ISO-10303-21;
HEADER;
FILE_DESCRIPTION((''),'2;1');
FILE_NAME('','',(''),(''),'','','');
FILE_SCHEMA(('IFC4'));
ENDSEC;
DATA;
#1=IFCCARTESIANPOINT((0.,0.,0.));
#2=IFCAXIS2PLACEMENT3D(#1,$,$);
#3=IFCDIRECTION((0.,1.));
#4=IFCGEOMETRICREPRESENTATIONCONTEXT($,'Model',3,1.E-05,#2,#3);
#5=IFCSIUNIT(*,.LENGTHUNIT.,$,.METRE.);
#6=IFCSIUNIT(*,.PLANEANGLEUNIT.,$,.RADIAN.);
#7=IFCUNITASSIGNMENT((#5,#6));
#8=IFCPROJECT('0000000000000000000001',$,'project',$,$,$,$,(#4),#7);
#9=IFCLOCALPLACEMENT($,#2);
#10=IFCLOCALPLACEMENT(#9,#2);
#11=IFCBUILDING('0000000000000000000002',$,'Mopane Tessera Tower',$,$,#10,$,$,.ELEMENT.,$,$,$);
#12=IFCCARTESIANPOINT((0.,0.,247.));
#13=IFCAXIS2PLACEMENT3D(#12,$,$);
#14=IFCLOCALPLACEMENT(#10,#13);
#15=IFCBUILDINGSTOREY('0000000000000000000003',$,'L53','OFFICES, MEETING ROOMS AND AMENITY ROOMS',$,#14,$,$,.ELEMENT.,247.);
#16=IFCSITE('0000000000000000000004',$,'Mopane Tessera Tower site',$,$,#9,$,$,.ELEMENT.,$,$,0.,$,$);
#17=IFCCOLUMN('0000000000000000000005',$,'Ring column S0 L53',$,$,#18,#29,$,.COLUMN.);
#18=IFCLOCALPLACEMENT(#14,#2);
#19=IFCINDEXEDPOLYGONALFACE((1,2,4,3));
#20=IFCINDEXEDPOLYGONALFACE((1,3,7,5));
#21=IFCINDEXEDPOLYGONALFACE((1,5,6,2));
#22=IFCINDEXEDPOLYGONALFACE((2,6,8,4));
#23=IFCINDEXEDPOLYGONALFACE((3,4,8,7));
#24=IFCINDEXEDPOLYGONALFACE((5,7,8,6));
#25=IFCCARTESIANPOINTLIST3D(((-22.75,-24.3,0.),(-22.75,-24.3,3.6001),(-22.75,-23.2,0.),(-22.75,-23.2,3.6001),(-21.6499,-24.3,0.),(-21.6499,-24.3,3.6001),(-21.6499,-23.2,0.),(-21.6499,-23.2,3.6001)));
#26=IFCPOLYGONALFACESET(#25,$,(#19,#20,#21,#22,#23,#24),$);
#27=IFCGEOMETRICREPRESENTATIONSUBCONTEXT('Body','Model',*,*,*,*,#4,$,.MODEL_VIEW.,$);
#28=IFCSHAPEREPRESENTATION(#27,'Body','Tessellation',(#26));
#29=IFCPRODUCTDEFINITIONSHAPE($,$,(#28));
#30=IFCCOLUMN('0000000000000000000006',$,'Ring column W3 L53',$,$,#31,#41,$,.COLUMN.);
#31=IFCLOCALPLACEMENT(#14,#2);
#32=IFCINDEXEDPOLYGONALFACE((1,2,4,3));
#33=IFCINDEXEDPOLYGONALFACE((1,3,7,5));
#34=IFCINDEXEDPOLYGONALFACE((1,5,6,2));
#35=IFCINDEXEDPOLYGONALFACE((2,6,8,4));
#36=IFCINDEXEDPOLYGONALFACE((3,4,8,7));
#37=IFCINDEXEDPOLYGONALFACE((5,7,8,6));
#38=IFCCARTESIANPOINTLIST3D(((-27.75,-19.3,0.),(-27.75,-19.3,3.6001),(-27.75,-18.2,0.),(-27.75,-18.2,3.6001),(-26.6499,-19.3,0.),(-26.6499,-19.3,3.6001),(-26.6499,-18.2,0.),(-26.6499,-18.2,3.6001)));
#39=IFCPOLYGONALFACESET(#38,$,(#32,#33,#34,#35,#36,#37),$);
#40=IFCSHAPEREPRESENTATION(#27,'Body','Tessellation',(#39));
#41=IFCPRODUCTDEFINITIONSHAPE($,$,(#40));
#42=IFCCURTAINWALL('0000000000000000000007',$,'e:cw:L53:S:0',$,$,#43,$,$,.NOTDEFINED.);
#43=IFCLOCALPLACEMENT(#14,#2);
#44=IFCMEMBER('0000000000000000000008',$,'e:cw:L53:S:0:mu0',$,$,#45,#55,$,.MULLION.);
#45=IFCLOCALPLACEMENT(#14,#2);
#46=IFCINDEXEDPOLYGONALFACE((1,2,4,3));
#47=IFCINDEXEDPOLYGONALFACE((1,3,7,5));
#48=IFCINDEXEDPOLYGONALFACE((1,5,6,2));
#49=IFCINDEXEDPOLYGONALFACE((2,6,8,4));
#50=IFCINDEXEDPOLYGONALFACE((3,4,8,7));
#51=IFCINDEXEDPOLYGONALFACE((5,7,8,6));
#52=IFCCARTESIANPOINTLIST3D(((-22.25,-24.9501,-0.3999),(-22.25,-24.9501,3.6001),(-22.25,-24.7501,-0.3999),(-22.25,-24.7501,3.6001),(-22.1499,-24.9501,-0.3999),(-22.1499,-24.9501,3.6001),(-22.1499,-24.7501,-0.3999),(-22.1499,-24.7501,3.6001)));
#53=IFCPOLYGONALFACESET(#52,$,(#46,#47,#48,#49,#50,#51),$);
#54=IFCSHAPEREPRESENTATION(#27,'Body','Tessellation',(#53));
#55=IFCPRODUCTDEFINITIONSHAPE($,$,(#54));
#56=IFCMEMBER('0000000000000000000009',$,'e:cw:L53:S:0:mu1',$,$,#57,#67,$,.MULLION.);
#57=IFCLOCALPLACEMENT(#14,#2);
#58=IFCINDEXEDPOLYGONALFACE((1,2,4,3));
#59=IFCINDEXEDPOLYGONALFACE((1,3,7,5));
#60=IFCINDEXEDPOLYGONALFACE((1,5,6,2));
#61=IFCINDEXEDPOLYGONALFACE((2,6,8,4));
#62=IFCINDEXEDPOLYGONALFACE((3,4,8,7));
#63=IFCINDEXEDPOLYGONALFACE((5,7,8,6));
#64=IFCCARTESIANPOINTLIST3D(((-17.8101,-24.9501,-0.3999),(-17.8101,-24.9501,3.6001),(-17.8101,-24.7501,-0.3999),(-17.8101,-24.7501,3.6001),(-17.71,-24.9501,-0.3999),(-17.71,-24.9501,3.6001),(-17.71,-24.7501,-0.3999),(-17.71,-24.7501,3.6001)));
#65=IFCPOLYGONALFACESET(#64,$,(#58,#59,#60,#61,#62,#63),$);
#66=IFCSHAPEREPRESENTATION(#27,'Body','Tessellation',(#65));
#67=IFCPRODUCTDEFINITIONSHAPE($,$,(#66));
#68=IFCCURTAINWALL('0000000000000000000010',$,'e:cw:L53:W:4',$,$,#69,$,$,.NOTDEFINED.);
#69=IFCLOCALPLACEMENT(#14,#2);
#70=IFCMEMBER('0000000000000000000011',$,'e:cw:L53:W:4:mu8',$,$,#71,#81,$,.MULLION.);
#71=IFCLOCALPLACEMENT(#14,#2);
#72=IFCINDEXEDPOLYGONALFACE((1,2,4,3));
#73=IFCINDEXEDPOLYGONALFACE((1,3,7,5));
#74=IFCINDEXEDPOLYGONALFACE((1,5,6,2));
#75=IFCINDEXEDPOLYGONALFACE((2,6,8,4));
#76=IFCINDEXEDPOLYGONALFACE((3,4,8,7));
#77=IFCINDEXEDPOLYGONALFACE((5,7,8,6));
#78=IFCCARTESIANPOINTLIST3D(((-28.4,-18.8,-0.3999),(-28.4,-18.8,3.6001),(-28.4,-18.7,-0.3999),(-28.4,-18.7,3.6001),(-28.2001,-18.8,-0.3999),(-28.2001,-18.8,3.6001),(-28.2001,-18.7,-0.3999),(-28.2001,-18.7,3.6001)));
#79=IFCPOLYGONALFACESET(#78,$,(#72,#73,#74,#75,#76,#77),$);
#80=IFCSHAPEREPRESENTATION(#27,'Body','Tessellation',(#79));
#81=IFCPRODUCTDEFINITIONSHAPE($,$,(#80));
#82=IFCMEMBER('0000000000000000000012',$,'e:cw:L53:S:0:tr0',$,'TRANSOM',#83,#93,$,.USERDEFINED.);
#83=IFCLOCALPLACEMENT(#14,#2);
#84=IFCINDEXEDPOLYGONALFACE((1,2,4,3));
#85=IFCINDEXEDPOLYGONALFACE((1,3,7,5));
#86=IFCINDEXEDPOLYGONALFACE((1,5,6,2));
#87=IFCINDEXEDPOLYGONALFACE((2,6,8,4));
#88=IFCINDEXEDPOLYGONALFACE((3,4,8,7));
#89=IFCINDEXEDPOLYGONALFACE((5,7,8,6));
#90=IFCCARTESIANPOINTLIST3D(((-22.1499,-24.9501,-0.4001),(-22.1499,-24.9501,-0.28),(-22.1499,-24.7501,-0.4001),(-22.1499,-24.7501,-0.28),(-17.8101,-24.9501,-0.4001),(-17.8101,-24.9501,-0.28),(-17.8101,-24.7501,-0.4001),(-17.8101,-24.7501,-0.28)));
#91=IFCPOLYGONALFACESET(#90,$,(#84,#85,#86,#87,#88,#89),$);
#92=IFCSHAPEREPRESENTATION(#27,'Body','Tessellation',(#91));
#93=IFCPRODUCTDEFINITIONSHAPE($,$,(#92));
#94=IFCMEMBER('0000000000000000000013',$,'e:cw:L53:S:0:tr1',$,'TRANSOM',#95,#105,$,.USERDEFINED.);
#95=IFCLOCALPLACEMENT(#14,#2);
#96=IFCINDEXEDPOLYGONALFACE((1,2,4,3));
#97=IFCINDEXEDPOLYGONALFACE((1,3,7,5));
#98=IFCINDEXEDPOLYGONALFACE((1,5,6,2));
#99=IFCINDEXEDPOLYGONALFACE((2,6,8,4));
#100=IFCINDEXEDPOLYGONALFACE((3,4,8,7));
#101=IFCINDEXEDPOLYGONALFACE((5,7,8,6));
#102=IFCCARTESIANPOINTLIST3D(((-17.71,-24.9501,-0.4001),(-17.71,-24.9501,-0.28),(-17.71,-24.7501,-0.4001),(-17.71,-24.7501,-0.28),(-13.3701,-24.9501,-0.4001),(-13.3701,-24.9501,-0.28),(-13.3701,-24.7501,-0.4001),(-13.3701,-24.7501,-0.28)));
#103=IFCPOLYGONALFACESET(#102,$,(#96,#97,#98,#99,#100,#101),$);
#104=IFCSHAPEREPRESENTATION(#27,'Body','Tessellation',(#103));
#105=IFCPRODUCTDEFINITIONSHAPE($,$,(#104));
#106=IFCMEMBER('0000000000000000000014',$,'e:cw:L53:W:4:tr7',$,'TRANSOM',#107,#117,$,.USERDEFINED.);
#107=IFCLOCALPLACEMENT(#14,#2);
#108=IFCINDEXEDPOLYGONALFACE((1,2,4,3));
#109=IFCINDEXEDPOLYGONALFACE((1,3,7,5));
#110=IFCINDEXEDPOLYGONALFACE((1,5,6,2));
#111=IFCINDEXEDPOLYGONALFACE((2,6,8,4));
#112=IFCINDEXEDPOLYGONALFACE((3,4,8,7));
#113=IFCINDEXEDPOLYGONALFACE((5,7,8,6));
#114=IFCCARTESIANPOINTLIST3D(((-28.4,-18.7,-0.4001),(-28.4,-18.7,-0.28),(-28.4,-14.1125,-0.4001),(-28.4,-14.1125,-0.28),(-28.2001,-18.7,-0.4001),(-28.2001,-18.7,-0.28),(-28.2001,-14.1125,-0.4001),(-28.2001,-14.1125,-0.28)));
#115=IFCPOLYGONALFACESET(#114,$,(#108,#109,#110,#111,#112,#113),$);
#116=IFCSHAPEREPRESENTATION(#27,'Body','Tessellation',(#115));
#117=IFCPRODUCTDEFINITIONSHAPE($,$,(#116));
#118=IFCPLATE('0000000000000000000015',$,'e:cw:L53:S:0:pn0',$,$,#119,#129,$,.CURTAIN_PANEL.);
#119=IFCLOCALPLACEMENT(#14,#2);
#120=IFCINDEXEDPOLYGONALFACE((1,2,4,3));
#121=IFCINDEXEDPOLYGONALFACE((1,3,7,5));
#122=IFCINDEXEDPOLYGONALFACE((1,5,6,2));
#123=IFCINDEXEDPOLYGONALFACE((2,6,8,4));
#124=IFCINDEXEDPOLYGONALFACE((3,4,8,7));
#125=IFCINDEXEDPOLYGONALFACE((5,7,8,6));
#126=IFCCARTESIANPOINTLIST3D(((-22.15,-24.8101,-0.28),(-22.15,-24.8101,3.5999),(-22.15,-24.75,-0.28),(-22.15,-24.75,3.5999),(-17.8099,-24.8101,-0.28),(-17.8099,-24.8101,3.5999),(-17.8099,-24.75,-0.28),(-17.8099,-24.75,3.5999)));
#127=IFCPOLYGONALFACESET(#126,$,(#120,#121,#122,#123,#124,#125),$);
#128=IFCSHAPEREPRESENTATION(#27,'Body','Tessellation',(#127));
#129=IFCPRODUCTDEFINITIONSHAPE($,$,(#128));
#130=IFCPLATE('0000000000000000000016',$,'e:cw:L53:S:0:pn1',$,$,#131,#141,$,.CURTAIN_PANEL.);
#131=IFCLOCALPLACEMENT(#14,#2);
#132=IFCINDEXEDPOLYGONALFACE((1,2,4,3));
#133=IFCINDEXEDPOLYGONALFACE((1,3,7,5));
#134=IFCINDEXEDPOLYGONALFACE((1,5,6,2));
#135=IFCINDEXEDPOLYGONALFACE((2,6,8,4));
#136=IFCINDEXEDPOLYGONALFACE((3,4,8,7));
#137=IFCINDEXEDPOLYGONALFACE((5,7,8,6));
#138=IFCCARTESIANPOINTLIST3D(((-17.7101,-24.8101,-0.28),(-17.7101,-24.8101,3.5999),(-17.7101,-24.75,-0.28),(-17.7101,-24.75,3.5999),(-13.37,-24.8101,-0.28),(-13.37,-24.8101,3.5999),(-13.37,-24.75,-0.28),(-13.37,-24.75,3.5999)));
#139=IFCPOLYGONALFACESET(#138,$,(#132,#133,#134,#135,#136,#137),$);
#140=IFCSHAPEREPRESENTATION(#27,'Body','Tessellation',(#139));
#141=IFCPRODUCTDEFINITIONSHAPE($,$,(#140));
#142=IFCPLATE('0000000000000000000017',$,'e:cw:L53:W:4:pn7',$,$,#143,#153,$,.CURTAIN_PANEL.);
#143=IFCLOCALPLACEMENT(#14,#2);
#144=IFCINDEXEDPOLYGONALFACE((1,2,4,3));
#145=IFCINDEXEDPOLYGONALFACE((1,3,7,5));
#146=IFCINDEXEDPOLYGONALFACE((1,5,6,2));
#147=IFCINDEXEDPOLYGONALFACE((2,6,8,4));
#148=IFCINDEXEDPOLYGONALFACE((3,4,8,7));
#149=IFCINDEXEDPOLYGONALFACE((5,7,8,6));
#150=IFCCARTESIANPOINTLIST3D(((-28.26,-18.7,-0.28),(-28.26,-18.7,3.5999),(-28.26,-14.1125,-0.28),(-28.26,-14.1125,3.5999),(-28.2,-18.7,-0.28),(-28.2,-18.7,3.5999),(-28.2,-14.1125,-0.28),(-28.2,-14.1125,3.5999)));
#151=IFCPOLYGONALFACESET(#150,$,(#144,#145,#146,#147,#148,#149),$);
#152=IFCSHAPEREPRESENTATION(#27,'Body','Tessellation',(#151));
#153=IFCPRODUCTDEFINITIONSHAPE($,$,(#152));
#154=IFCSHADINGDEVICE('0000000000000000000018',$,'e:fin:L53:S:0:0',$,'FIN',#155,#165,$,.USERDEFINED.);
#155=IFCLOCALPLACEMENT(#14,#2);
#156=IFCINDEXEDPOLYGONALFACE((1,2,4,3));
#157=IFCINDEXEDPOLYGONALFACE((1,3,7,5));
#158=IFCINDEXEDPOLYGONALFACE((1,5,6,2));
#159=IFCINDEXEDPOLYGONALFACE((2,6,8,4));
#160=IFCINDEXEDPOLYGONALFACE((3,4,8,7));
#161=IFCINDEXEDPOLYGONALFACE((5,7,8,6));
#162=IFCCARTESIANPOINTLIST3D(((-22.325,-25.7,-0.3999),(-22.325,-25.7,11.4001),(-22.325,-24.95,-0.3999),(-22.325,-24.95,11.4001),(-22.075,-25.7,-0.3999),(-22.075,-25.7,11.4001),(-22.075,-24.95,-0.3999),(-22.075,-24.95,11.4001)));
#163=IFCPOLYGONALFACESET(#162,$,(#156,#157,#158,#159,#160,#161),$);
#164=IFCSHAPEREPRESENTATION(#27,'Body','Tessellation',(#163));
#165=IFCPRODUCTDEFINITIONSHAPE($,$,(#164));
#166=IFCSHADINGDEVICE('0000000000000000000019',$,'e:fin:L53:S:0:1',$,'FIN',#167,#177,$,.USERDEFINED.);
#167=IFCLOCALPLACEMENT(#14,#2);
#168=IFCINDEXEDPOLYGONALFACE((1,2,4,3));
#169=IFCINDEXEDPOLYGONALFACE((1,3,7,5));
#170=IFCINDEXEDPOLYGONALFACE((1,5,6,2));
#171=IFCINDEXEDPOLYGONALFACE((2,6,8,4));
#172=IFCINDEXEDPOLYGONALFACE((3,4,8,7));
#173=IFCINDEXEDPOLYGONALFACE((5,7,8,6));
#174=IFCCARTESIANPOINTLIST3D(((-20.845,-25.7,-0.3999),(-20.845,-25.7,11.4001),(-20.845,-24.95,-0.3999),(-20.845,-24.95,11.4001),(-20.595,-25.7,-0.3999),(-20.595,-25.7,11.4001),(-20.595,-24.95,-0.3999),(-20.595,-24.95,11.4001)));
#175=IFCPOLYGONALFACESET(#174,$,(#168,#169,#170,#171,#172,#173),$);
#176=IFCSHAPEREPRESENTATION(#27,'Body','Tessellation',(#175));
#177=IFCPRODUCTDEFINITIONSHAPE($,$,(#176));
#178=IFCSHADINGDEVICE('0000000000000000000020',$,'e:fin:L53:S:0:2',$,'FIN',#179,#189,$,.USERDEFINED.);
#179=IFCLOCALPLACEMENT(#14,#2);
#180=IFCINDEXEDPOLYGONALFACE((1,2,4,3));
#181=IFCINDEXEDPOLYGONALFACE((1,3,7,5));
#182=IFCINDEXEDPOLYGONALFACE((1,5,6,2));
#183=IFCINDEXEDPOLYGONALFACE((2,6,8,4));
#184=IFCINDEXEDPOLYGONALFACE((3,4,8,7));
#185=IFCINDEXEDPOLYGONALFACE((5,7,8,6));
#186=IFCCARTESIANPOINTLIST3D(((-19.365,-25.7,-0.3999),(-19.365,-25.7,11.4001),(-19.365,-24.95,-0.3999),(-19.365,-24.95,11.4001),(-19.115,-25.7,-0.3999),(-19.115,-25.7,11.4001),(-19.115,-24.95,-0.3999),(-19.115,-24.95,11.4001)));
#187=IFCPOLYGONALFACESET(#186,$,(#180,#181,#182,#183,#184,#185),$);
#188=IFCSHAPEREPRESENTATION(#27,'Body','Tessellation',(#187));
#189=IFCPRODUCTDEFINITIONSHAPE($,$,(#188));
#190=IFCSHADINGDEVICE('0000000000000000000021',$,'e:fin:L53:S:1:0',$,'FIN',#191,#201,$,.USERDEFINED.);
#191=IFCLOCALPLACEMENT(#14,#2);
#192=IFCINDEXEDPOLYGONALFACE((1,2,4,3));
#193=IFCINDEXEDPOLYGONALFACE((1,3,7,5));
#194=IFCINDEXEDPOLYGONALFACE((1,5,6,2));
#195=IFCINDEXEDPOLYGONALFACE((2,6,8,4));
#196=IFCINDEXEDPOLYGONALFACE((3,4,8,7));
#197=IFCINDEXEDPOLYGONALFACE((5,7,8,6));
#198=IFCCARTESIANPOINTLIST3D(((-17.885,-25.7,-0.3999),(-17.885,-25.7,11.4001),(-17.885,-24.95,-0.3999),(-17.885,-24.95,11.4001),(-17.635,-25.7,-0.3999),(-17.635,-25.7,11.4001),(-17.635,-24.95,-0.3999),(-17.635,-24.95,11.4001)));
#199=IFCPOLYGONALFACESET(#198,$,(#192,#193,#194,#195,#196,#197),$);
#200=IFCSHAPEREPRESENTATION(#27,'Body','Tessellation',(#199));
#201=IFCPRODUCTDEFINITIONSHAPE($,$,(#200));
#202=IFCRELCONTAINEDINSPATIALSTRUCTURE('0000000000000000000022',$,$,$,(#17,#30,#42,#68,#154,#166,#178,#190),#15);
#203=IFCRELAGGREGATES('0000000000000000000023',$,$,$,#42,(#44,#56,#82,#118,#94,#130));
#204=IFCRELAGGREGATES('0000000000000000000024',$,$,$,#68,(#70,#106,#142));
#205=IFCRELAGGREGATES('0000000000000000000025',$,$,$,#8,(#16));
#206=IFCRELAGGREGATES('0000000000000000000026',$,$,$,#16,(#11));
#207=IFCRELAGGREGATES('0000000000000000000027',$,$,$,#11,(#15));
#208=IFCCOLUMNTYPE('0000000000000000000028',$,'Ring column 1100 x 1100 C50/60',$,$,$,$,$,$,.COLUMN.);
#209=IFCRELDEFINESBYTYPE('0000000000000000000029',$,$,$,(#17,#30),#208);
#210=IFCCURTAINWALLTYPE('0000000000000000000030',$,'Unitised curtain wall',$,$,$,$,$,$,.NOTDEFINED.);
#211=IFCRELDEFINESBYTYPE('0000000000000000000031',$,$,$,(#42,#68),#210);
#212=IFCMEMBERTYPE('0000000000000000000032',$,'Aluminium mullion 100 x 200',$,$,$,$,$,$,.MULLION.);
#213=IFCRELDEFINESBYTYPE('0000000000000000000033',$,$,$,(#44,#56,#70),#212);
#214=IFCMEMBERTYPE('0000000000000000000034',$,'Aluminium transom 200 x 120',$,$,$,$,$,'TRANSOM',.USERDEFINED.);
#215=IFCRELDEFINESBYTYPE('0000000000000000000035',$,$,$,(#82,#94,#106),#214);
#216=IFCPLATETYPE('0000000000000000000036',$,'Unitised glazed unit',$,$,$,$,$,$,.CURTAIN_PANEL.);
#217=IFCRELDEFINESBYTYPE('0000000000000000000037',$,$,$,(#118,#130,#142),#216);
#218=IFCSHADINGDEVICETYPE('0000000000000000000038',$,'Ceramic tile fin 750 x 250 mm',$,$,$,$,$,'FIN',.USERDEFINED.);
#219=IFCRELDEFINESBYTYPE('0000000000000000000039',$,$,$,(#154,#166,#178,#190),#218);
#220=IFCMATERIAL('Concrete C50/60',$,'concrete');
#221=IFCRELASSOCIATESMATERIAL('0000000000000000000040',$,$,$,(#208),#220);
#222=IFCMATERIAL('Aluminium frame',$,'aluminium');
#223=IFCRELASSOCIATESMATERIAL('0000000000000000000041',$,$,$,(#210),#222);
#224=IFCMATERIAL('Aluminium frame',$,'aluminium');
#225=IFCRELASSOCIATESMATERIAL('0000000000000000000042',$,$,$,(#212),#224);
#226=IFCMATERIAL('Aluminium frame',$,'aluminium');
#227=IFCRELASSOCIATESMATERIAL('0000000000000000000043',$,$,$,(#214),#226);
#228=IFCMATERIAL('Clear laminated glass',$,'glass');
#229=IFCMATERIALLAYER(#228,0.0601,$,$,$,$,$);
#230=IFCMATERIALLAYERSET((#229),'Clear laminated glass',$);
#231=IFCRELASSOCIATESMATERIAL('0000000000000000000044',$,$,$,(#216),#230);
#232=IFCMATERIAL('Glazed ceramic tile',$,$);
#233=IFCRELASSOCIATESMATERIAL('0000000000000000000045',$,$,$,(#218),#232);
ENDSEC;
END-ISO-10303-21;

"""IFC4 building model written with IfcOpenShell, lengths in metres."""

from ifc_helpers import new_model, si_unit, direction, frame, origin, origin_2d, place, context, subcontext, project, spatial, rectangle, extrude, material, layer, layer_set, material_profile, profile_set, type_object, element, aggregate, save


model = new_model("IFC4")

# Units and contexts
model_context = context("Model", 3, precision=1e-05, world=origin(), true_north=direction((0.0, 1.0)))
body_context = subcontext(model_context, "Body", "Model", "MODEL_VIEW")
ifc_project = project(units=[si_unit("LENGTHUNIT", "METRE"), si_unit("PLANEANGLEUNIT", "RADIAN")], contexts=[model_context])

# Site, building, storey
site_placement = place(None, origin())
site = spatial("IfcSite", under=ifc_project, at=site_placement, Name="Mopane Tessera Tower site", CompositionType="ELEMENT", RefElevation=0.0)
building_placement = place(site_placement, origin())
building = spatial("IfcBuilding", under=site, at=building_placement, Name="Mopane Tessera Tower", CompositionType="ELEMENT")
storey_placement = place(building_placement, frame((0.0, 0.0, 247.0)))
storey = spatial("IfcBuildingStorey", under=building, at=storey_placement, Name="L53", Description="OFFICES, MEETING ROOMS AND AMENITY ROOMS", CompositionType="ELEMENT", Elevation=247.0)

# Columns
ifc_material_1 = material(Name="Concrete C50/60", Category="concrete")
ifc_material_profile_1 = material_profile(ifc_material_1, rectangle(XDim=1.1001, YDim=1.1001, at=origin_2d()))
ifc_profile_set_1 = profile_set([ifc_material_profile_1], Name="Concrete C50/60")
column_type = type_object("IfcColumnType", Name="Ring column 1100 x 1100 C50/60", PredefinedType="COLUMN", material=ifc_profile_set_1)
for number, where, z_axis, x_axis, name in (
    (1, (-22.2, -23.75, 0.0), (0.0, 0.0, 1.0), (1.0, 0.0, 0.0), "Ring column S0 L53"),
    (2, (-27.2, -18.75, 0.0), (0.0, 0.0, 1.0), (1.0, 0.0, 0.0), "Ring column W3 L53"),
):
    element("IfcColumn", number, at=place(storey_placement, frame(where, z_axis=z_axis, x_axis=x_axis)), inside=storey, type_object=column_type, Name=name, PredefinedType="COLUMN", context=body_context, shape_type="SweptSolid", body=[
        extrude(rectangle(XDim=1.1001, YDim=1.1001, at=origin_2d()), origin(), (0.0, 0.0, 1.0), 3.6001),
    ])

# Curtain wall, members
ifc_material_2 = material(Name="Aluminium frame", Category="aluminium")
curtain_wall_type = type_object("IfcCurtainWallType", Name="Unitised curtain wall", PredefinedType="NOTDEFINED", material=ifc_material_2)
curtain_wall_1_placement = place(storey_placement, origin())
curtain_wall_1 = element("IfcCurtainWall", 3, at=curtain_wall_1_placement, inside=storey, type_object=curtain_wall_type, Name="e:cw:L53:S:0", PredefinedType="NOTDEFINED")
ifc_material_3 = material(Name="Aluminium frame", Category="aluminium")
ifc_material_profile_2 = material_profile(ifc_material_3, rectangle(XDim=0.1001, YDim=0.2, at=origin_2d()))
ifc_profile_set_2 = profile_set([ifc_material_profile_2], Name="Aluminium frame")
member_type_1 = type_object("IfcMemberType", Name="Aluminium mullion 100 x 200", PredefinedType="MULLION", material=ifc_profile_set_2)
member_1_placement = place(storey_placement, frame((-22.2, -24.8501, -0.3999), z_axis=(0.0, 0.0, 1.0), x_axis=(1.0, 0.0, 0.0)))
member_1 = element("IfcMember", 4, at=member_1_placement, type_object=member_type_1, Name="e:cw:L53:S:0:mu0", PredefinedType="MULLION", context=body_context, shape_type="SweptSolid", body=[
    extrude(rectangle(XDim=0.1001, YDim=0.2, at=origin_2d()), origin(), (0.0, 0.0, 1.0), 4.0),
])
member_2_placement = place(storey_placement, frame((-17.76, -24.8501, -0.3999), z_axis=(0.0, 0.0, 1.0), x_axis=(1.0, 0.0, 0.0)))
member_2 = element("IfcMember", 5, at=member_2_placement, type_object=member_type_1, Name="e:cw:L53:S:0:mu1", PredefinedType="MULLION", context=body_context, shape_type="SweptSolid", body=[
    extrude(rectangle(XDim=0.1001, YDim=0.2, at=origin_2d()), origin(), (0.0, 0.0, 1.0), 4.0),
])

# Curtain wall, member
curtain_wall_2_placement = place(storey_placement, origin())
curtain_wall_2 = element("IfcCurtainWall", 6, at=curtain_wall_2_placement, inside=storey, type_object=curtain_wall_type, Name="e:cw:L53:W:4", PredefinedType="NOTDEFINED")
member_3_placement = place(storey_placement, frame((-28.3, -18.75, -0.3999), z_axis=(0.0, 0.0, 1.0), x_axis=(0.0, -1.0, 0.0)))
member_3 = element("IfcMember", 7, at=member_3_placement, type_object=member_type_1, Name="e:cw:L53:W:4:mu8", PredefinedType="MULLION", context=body_context, shape_type="SweptSolid", body=[
    extrude(rectangle(XDim=0.1001, YDim=0.2, at=origin_2d()), origin(), (0.0, 0.0, 1.0), 4.0),
])

# Members
ifc_material_4 = material(Name="Aluminium frame", Category="aluminium")
ifc_material_profile_3 = material_profile(ifc_material_4, rectangle(XDim=0.2, YDim=0.1201, at=origin_2d()))
ifc_profile_set_3 = profile_set([ifc_material_profile_3], Name="Aluminium frame")
member_type_2 = type_object("IfcMemberType", Name="Aluminium transom 200 x 120", ElementType="TRANSOM", PredefinedType="USERDEFINED", material=ifc_profile_set_3)
member_4_placement = place(storey_placement, frame((-22.1499, -24.8501, -0.3401), z_axis=(1.0, 0.0, 0.0), x_axis=(0.0, 1.0, 0.0)))
member_4 = element("IfcMember", 8, at=member_4_placement, type_object=member_type_2, Name="e:cw:L53:S:0:tr0", ObjectType="TRANSOM", PredefinedType="USERDEFINED", context=body_context, shape_type="SweptSolid", body=[
    extrude(rectangle(XDim=0.2, YDim=0.1201, at=origin_2d()), origin(), (0.0, 0.0, 1.0), 4.3398),
])
member_5_placement = place(storey_placement, frame((-17.71, -24.8501, -0.3401), z_axis=(1.0, 0.0, 0.0), x_axis=(0.0, 1.0, 0.0)))
member_5 = element("IfcMember", 9, at=member_5_placement, type_object=member_type_2, Name="e:cw:L53:S:0:tr1", ObjectType="TRANSOM", PredefinedType="USERDEFINED", context=body_context, shape_type="SweptSolid", body=[
    extrude(rectangle(XDim=0.2, YDim=0.1201, at=origin_2d()), origin(), (0.0, 0.0, 1.0), 4.3398),
])
member_6_placement = place(storey_placement, frame((-28.3, -14.1125, -0.3401), z_axis=(0.0, -1.0, 0.0), x_axis=(1.0, 0.0, 0.0)))
member_6 = element("IfcMember", 10, at=member_6_placement, type_object=member_type_2, Name="e:cw:L53:W:4:tr7", ObjectType="TRANSOM", PredefinedType="USERDEFINED", context=body_context, shape_type="SweptSolid", body=[
    extrude(rectangle(XDim=0.2, YDim=0.1201, at=origin_2d()), origin(), (0.0, 0.0, 1.0), 4.5874),
])

# Plates
ifc_material_5 = material(Name="Clear laminated glass", Category="glass")
ifc_layer = layer(ifc_material_5, 0.0601)
ifc_layer_set = layer_set([ifc_layer], Name="Clear laminated glass")
plate_type = type_object("IfcPlateType", Name="Unitised glazed unit", PredefinedType="CURTAIN_PANEL", material=ifc_layer_set)
plate_1_placement = place(storey_placement, frame((-19.98, -24.78, -0.28), z_axis=(0.0, 0.0, 1.0), x_axis=(1.0, 0.0, 0.0)))
plate_1 = element("IfcPlate", 11, at=plate_1_placement, type_object=plate_type, Name="e:cw:L53:S:0:pn0", PredefinedType="CURTAIN_PANEL", context=body_context, shape_type="SweptSolid", body=[
    extrude(rectangle(XDim=4.3401, YDim=0.0601, at=origin_2d()), origin(), (0.0, 0.0, 1.0), 3.8799),
])
plate_2_placement = place(storey_placement, frame((-15.54, -24.78, -0.28), z_axis=(0.0, 0.0, 1.0), x_axis=(1.0, 0.0, 0.0)))
plate_2 = element("IfcPlate", 12, at=plate_2_placement, type_object=plate_type, Name="e:cw:L53:S:0:pn1", PredefinedType="CURTAIN_PANEL", context=body_context, shape_type="SweptSolid", body=[
    extrude(rectangle(XDim=4.3401, YDim=0.0601, at=origin_2d()), origin(), (0.0, 0.0, 1.0), 3.8799),
])
aggregate(curtain_wall_1, [member_1, member_2, member_4, plate_1, member_5, plate_2])
plate_3_placement = place(storey_placement, frame((-28.23, -16.4062, -0.28), z_axis=(0.0, 0.0, 1.0), x_axis=(0.0, -1.0, 0.0)))
plate_3 = element("IfcPlate", 13, at=plate_3_placement, type_object=plate_type, Name="e:cw:L53:W:4:pn7", PredefinedType="CURTAIN_PANEL", context=body_context, shape_type="SweptSolid", body=[
    extrude(rectangle(XDim=4.5874, YDim=0.0601, at=origin_2d()), origin(), (0.0, 0.0, 1.0), 3.8799),
])
aggregate(curtain_wall_2, [member_3, member_6, plate_3])

# Shading devices
ifc_material_6 = material(Name="Glazed ceramic tile")
shading_device_type = type_object("IfcShadingDeviceType", Name="Ceramic tile fin 750 x 250 mm", ElementType="FIN", PredefinedType="USERDEFINED", material=ifc_material_6)
for number, where, z_axis, x_axis, name in (
    (14, (-22.2, -25.325, -0.3999), (0.0, 0.0, 1.0), (1.0, 0.0, 0.0), "e:fin:L53:S:0:0"),
    (15, (-20.72, -25.325, -0.3999), (0.0, 0.0, 1.0), (1.0, 0.0, 0.0), "e:fin:L53:S:0:1"),
    (16, (-19.24, -25.325, -0.3999), (0.0, 0.0, 1.0), (1.0, 0.0, 0.0), "e:fin:L53:S:0:2"),
    (17, (-17.76, -25.325, -0.3999), (0.0, 0.0, 1.0), (1.0, 0.0, 0.0), "e:fin:L53:S:1:0"),
):
    element("IfcShadingDevice", number, at=place(storey_placement, frame(where, z_axis=z_axis, x_axis=x_axis)), inside=storey, type_object=shading_device_type, Name=name, ObjectType="FIN", PredefinedType="USERDEFINED", context=body_context, shape_type="SweptSolid", body=[
        extrude(rectangle(XDim=0.25, YDim=0.75, at=origin_2d()), origin(), (0.0, 0.0, 1.0), 11.8),
    ])

save(model, "model.ifc")
